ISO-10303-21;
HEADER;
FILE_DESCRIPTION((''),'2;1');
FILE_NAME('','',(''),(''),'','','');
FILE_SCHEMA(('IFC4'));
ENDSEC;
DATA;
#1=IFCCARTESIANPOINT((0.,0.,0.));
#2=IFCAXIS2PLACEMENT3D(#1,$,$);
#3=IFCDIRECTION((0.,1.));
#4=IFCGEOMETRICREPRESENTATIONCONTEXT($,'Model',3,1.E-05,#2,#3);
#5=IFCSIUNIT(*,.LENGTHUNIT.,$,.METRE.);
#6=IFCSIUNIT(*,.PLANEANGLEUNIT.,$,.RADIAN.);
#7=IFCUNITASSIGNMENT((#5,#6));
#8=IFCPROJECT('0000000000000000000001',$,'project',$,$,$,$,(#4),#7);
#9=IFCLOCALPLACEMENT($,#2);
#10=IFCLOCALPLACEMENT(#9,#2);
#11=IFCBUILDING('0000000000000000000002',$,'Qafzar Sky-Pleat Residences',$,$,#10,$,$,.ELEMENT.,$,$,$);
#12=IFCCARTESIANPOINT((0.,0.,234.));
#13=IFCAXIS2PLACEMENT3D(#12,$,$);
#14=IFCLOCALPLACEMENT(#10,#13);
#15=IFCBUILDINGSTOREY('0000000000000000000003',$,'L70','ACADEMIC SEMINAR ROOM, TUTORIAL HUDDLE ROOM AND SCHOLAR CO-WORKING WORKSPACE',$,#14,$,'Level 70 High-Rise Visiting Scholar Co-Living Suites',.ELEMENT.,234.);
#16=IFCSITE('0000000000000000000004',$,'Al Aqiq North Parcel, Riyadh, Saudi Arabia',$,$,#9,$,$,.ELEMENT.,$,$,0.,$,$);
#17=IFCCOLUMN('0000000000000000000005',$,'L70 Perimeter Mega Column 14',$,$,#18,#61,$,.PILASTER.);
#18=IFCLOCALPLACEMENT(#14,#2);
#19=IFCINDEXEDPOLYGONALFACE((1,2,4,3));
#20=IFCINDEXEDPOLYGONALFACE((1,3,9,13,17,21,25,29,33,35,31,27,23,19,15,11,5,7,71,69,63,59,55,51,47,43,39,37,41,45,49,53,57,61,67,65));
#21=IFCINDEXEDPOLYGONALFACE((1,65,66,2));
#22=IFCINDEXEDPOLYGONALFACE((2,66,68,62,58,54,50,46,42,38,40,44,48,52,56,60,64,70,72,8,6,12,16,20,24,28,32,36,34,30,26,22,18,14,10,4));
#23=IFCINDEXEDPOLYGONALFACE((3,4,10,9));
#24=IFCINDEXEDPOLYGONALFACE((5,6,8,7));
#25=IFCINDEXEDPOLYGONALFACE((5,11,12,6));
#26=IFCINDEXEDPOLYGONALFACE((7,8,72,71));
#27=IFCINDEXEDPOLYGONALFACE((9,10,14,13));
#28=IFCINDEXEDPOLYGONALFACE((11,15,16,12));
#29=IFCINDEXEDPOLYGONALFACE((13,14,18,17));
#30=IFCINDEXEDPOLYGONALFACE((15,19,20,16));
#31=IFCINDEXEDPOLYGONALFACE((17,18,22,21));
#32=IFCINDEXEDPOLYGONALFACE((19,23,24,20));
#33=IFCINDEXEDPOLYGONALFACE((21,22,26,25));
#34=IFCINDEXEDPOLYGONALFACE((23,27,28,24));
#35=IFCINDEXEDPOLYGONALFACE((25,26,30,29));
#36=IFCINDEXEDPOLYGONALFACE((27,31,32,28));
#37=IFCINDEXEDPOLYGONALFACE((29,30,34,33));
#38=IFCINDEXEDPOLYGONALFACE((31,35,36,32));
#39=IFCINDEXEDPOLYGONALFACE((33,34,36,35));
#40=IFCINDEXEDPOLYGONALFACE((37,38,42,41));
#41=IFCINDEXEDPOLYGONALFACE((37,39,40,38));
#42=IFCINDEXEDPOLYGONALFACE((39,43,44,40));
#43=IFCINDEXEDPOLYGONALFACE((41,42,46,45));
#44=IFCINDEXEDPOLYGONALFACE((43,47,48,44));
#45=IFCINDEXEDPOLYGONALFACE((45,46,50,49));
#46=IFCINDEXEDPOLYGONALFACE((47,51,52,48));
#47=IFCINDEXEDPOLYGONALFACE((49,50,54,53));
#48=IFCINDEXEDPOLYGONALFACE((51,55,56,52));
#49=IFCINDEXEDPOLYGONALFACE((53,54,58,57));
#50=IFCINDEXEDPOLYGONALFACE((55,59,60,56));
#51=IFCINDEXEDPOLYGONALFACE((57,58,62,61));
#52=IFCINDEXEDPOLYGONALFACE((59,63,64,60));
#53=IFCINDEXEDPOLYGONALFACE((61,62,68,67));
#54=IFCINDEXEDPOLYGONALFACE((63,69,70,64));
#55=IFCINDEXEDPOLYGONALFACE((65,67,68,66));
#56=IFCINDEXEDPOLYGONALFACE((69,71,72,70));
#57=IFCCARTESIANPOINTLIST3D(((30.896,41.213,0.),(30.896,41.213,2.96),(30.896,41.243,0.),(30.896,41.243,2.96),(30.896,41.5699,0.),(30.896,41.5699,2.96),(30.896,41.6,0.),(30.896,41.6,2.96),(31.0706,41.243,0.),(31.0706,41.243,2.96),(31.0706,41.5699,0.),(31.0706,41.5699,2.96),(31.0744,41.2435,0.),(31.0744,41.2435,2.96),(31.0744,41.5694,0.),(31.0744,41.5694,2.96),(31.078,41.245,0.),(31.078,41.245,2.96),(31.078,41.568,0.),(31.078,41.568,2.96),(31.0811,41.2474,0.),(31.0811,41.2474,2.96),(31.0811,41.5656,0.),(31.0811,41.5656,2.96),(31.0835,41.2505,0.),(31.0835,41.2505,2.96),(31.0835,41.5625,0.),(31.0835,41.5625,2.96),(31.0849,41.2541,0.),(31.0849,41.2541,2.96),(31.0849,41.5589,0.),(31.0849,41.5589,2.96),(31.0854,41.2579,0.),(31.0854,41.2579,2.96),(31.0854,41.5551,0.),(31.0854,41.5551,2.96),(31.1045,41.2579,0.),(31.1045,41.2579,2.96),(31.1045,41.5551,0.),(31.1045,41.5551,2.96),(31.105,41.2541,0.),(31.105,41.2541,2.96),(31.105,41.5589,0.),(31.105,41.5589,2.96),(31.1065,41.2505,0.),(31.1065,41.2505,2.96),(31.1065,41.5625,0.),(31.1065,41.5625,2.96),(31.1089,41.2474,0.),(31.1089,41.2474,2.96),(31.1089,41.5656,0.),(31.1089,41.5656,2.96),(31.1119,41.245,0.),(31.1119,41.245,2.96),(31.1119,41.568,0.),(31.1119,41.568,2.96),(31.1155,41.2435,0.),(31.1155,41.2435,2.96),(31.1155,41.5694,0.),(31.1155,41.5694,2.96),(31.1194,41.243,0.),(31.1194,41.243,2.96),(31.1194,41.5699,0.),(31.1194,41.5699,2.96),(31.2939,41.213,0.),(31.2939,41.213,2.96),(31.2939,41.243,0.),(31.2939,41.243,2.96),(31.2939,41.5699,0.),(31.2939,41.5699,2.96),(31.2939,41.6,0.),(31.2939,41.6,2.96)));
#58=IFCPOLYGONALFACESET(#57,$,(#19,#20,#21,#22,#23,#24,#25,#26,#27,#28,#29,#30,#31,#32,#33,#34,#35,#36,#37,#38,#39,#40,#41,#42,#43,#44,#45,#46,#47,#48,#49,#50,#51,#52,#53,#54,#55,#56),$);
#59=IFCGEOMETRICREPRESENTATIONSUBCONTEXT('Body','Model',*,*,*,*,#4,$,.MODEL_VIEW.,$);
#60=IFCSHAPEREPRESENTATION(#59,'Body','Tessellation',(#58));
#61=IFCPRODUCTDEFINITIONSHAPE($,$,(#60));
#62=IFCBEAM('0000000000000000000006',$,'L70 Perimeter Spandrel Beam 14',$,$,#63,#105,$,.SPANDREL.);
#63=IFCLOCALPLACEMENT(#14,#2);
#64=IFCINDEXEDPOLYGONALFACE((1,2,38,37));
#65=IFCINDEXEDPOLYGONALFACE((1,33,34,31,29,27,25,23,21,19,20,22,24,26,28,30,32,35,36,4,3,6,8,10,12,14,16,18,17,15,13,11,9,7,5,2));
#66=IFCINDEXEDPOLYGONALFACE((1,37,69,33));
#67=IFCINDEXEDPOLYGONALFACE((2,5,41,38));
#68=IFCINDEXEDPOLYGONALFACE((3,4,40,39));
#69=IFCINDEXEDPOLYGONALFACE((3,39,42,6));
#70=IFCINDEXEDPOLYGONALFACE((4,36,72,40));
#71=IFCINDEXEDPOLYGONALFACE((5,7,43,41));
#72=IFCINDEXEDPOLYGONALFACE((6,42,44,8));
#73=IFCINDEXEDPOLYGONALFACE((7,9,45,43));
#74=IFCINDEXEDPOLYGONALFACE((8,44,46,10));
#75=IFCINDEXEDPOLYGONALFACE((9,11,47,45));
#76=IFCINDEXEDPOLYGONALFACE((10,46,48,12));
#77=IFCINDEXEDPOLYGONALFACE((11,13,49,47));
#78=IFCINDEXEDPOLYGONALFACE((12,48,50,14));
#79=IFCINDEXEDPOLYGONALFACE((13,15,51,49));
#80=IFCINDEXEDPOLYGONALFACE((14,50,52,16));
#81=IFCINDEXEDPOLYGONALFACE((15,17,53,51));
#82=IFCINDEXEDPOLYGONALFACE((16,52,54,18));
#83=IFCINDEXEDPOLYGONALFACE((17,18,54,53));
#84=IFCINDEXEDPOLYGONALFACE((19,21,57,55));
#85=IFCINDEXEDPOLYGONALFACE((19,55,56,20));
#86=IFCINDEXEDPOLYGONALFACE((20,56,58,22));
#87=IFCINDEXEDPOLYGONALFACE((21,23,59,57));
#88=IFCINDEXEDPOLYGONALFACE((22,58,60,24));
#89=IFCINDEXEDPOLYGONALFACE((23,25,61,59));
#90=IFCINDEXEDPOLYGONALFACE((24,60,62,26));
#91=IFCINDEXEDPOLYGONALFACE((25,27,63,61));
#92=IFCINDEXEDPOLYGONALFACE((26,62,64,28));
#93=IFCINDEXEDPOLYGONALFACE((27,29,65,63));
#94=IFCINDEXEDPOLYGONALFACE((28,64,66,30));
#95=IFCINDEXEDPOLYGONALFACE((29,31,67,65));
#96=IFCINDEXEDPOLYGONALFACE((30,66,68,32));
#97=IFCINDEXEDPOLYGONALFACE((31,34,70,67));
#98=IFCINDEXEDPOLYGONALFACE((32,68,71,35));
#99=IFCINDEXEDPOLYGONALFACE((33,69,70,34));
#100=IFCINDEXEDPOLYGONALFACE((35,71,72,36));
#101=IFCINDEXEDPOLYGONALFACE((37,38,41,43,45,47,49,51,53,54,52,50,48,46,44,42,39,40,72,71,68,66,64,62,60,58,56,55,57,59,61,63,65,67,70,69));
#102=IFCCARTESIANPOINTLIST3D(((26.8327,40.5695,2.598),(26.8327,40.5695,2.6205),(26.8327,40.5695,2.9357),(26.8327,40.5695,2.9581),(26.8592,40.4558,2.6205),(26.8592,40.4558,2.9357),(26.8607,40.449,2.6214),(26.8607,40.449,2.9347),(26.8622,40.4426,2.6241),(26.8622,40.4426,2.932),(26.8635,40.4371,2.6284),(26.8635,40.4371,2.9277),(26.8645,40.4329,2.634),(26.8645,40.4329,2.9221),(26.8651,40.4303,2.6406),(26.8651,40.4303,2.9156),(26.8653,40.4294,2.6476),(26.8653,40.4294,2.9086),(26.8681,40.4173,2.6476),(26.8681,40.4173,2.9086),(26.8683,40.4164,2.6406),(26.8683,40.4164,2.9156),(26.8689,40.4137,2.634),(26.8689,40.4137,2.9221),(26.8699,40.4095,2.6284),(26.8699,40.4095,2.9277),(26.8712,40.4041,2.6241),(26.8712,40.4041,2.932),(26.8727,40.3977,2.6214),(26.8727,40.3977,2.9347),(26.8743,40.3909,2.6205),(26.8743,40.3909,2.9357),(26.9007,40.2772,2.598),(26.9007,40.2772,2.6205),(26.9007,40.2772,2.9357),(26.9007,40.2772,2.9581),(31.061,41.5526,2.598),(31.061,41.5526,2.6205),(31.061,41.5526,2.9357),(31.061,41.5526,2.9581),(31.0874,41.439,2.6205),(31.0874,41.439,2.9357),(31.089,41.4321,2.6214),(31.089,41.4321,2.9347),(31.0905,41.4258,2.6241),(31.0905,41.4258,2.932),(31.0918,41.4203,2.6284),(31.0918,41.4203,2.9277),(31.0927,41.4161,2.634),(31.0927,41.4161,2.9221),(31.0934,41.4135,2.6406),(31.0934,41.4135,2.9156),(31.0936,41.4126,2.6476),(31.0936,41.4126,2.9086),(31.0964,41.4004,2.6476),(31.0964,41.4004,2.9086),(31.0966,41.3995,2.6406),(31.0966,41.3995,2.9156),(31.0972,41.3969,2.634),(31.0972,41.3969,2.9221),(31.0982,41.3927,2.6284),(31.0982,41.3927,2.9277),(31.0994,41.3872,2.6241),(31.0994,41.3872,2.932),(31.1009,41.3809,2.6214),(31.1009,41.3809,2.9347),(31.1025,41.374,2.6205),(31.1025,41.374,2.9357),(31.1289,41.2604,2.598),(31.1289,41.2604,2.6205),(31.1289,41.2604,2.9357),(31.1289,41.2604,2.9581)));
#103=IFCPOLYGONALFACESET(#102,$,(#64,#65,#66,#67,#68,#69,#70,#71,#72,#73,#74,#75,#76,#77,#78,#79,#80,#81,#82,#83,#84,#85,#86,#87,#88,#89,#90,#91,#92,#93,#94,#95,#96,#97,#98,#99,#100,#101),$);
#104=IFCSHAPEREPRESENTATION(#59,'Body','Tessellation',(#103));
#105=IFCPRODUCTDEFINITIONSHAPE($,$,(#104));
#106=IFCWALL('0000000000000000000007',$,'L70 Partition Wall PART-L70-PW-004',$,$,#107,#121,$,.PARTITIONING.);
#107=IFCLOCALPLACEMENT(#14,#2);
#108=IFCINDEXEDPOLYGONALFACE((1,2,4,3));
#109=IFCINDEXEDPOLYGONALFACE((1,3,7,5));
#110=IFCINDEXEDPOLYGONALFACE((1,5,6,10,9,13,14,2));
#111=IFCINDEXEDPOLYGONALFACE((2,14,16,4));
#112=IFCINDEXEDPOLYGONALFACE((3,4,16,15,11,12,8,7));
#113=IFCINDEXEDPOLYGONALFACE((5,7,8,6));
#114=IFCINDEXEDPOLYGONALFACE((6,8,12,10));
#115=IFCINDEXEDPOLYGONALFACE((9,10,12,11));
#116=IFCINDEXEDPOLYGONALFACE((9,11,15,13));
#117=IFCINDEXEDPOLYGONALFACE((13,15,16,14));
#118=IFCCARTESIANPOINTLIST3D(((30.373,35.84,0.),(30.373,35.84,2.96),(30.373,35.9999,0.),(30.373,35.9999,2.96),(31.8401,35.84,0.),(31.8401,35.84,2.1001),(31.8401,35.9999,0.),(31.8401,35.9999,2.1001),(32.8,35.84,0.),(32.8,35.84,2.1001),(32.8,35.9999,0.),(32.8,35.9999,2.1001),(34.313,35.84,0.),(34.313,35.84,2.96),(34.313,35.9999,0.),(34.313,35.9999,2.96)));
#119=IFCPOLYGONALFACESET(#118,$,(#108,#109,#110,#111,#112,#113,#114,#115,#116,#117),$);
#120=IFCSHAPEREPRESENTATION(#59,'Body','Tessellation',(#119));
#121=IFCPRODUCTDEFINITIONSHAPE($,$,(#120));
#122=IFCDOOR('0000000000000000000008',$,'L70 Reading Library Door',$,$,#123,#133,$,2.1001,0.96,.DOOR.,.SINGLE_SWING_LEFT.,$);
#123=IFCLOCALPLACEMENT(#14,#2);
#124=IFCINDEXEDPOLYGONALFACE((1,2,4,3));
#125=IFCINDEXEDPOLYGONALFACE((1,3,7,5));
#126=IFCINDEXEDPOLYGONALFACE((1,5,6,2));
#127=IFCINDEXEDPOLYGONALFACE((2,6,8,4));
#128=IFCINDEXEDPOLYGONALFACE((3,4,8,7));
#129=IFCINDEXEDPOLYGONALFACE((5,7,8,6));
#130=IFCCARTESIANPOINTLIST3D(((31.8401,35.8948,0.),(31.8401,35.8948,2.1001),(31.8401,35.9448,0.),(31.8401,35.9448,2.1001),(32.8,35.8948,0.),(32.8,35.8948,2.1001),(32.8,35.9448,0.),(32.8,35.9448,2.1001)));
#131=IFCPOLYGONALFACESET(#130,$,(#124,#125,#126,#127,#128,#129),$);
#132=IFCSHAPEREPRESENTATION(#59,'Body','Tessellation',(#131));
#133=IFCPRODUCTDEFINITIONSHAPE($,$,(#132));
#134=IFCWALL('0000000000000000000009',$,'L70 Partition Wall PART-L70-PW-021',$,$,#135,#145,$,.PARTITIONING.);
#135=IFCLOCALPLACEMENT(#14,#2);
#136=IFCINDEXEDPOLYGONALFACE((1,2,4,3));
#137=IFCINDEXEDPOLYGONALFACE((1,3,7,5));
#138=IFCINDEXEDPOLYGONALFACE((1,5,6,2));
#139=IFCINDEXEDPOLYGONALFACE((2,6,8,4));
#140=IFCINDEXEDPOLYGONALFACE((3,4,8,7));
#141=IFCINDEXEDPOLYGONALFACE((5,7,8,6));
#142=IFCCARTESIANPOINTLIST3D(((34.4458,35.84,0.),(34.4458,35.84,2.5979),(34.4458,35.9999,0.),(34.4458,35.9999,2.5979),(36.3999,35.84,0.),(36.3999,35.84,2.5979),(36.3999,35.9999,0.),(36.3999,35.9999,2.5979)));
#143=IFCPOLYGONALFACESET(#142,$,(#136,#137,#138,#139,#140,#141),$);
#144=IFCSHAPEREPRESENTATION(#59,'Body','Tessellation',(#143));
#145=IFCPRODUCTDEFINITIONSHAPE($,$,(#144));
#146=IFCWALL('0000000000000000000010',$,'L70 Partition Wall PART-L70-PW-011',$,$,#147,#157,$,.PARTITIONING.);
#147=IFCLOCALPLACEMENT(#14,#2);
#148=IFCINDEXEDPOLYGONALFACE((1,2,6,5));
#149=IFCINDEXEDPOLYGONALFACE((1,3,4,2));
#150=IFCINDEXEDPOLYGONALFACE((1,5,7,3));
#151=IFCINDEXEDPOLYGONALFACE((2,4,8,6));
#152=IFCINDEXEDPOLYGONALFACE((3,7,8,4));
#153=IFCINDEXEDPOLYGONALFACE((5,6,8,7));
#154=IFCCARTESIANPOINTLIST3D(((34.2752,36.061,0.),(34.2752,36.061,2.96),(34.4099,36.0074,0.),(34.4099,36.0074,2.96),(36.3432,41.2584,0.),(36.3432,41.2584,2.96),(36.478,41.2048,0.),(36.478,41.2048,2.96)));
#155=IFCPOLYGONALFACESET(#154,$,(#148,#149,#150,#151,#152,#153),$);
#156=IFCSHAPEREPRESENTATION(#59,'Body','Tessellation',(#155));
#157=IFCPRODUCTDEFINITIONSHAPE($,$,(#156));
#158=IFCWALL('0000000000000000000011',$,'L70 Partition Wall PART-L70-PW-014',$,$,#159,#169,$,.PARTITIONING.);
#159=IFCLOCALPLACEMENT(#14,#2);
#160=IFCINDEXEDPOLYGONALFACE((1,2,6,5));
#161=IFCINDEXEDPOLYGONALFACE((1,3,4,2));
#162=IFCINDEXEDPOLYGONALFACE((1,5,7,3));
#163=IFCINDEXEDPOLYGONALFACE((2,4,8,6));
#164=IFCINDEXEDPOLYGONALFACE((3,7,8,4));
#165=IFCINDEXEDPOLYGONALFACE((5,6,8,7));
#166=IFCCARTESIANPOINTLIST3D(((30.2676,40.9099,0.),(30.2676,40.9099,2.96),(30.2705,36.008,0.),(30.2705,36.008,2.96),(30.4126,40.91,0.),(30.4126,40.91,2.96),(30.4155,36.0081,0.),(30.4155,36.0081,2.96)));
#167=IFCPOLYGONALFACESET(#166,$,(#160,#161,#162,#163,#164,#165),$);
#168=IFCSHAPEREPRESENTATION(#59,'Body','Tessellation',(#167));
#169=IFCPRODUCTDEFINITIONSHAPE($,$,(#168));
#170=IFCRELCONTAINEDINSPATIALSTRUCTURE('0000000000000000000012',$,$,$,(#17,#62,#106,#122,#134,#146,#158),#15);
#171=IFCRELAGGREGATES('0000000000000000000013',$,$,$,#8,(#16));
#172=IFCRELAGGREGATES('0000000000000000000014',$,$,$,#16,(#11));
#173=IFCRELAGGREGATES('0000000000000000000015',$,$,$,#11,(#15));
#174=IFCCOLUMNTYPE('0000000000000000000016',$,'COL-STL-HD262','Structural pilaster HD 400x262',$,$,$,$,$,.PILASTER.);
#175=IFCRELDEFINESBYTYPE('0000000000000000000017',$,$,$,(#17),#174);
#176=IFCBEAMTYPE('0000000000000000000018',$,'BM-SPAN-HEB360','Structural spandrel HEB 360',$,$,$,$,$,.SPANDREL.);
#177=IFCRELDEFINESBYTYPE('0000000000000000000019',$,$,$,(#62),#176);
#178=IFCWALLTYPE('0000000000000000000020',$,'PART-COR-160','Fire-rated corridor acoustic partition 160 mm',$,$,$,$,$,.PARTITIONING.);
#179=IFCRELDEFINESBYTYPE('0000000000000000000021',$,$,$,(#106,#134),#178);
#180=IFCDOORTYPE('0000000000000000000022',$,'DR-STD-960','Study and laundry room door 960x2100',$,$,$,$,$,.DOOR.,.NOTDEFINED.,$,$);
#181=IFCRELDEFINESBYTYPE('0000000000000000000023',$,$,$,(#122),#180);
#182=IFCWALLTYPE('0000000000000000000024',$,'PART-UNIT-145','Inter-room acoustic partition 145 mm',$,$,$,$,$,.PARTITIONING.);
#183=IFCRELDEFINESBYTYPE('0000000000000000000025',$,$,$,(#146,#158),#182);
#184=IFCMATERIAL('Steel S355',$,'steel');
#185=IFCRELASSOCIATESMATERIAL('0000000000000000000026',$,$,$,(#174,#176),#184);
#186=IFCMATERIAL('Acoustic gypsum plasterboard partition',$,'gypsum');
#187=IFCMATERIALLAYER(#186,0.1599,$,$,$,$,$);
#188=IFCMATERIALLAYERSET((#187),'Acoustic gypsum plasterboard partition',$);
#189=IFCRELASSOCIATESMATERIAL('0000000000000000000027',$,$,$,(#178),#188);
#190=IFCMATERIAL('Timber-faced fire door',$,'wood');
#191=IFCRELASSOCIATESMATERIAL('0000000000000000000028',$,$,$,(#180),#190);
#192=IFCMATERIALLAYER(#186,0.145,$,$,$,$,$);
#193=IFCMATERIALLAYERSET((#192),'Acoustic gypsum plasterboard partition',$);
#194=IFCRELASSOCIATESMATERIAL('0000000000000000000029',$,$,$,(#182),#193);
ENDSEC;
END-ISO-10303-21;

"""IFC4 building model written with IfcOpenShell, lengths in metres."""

from ifc_helpers import new_model, si_unit, direction, frame, frame_2d, origin, origin_2d, place, context, subcontext, project, spatial, rectangle, i_section, extrude, source, transform, mapped, material, layer, layer_set, material_profile, profile_set, type_object, element, fill, save


model = new_model("IFC4")

# Units and contexts
model_context = context("Model", 3, precision=1e-05, world=origin(), true_north=direction((0.0, 1.0)))
body_context = subcontext(model_context, "Body", "Model", "MODEL_VIEW")
ifc_project = project(units=[si_unit("LENGTHUNIT", "METRE"), si_unit("PLANEANGLEUNIT", "RADIAN")], contexts=[model_context])

# Site, building, storey
site_placement = place(None, origin())
site = spatial("IfcSite", under=ifc_project, at=site_placement, Name="Al Aqiq North Parcel, Riyadh, Saudi Arabia", CompositionType="ELEMENT", RefElevation=0.0)
building_placement = place(site_placement, origin())
building = spatial("IfcBuilding", under=site, at=building_placement, Name="Qafzar Sky-Pleat Residences", CompositionType="ELEMENT")
storey_placement = place(building_placement, frame((0.0, 0.0, 234.0)))
storey = spatial("IfcBuildingStorey", under=building, at=storey_placement, Name="L70", Description="ACADEMIC SEMINAR ROOM, TUTORIAL HUDDLE ROOM AND SCHOLAR CO-WORKING WORKSPACE", LongName="Level 70 High-Rise Visiting Scholar Co-Living Suites", CompositionType="ELEMENT", Elevation=234.0)

# Column
ifc_material_1 = material(Name="Steel S355", Category="steel")
ifc_material_profile_1 = material_profile(ifc_material_1, i_section(OverallWidth=0.3979, OverallDepth=0.387, WebThickness=0.019, FlangeThickness=0.03, FilletRadius=0.0149, at=origin_2d()), Name="HD 400x262")
ifc_profile_set_1 = profile_set([ifc_material_profile_1], Name="Steel S355")
column_type = type_object("IfcColumnType", Name="COL-STL-HD262", Description="Structural pilaster HD 400x262", PredefinedType="PILASTER", material=ifc_profile_set_1)
shared_shape_1 = source(origin(), body_context, "Body", "SweptSolid", [
    extrude(i_section(OverallWidth=0.3979, OverallDepth=0.387, WebThickness=0.019, FlangeThickness=0.03, FilletRadius=0.0149, at=origin_2d()), origin(), (0.0, 0.0, 1.0), 2.96),
])
column_placement = place(storey_placement, frame((31.095, 41.4065, 0.0), z_axis=(0.0, 0.0, 1.0), x_axis=(1.0, 0.0, 0.0)))
element("IfcColumn", 1, at=column_placement, inside=storey, type_object=column_type, Name="L70 Perimeter Mega Column 14", PredefinedType="PILASTER", context=body_context, shape_type="MappedRepresentation", body=[
    mapped(shared_shape_1, transform((0.0, 0.0, 0.0), x_axis=(1.0, 0.0, 0.0), y_axis=(0.0, 1.0, 0.0), z_axis=(0.0, 0.0, 1.0), scale=1.0)),
])

# Beam
ifc_material_profile_2 = material_profile(ifc_material_1, i_section(OverallWidth=0.3, OverallDepth=0.3601, WebThickness=0.0125, FlangeThickness=0.0225, FilletRadius=0.0271, at=origin_2d()), Name="HEB 360")
ifc_profile_set_2 = profile_set([ifc_material_profile_2], Name="Steel S355")
beam_type = type_object("IfcBeamType", Name="BM-SPAN-HEB360", Description="Structural spandrel HEB 360", PredefinedType="SPANDREL", material=ifc_profile_set_2)
shared_shape_2 = source(origin(), body_context, "Body", "SweptSolid", [
    extrude(i_section(OverallWidth=0.3, OverallDepth=0.3601, WebThickness=0.0125, FlangeThickness=0.0225, FilletRadius=0.0271, at=origin_2d()), origin(), (0.0, 0.0, 1.0), 4.3411),
])
beam_placement = place(storey_placement, frame((31.095, 41.4065, 2.7781), z_axis=(-0.974016, -0.226478, 0.0), x_axis=(0.226478, -0.974016, 0.0)))
element("IfcBeam", 2, at=beam_placement, inside=storey, type_object=beam_type, Name="L70 Perimeter Spandrel Beam 14", PredefinedType="SPANDREL", context=body_context, shape_type="MappedRepresentation", body=[
    mapped(shared_shape_2, transform((0.0, 0.0, 0.0), x_axis=(1.0, 0.0, 0.0), y_axis=(0.0, 1.0, 0.0), z_axis=(0.0, 0.0, 1.0), scale=1.0)),
])

# Wall, opening, door
ifc_material_2 = material(Name="Acoustic gypsum plasterboard partition", Category="gypsum")
ifc_layer_1 = layer(ifc_material_2, 0.1599)
ifc_layer_set_1 = layer_set([ifc_layer_1], Name="Acoustic gypsum plasterboard partition")
wall_type_1 = type_object("IfcWallType", Name="PART-COR-160", Description="Fire-rated corridor acoustic partition 160 mm", PredefinedType="PARTITIONING", material=ifc_layer_set_1)
wall_1_placement = place(storey_placement, frame((30.373, 35.9199, 0.0), z_axis=(0.0, 0.0, 1.0), x_axis=(1.0, 0.0, 0.0)))
wall_1 = element("IfcWall", 3, at=wall_1_placement, inside=storey, type_object=wall_type_1, Name="L70 Partition Wall PART-L70-PW-004", PredefinedType="PARTITIONING", context=body_context, shape_type="SweptSolid", body=[
    extrude(rectangle(XDim=3.9399, YDim=0.1599, at=frame_2d((1.97, 0.0))), origin(), (0.0, 0.0, 1.0), 2.96),
])
opening_1_placement = place(wall_1_placement, frame((1.467, 0.0, 0.0)))
opening_1 = element("IfcOpeningElement", 4, at=opening_1_placement, cuts=wall_1, PredefinedType="OPENING", context=body_context, shape_type="SweptSolid", body=[
    extrude(rectangle(XDim=0.96, YDim=2.1001, at=frame_2d((0.48, 1.05))), frame((0.0, 0.0898, 0.0), z_axis=(0.0, -1.0, 0.0), x_axis=(1.0, 0.0, 0.0)), (0.0, 0.0, 1.0), 0.1799),
])
ifc_material_3 = material(Name="Timber-faced fire door", Category="wood")
door_type_1 = type_object("IfcDoorType", Name="DR-STD-960", Description="Study and laundry room door 960x2100", OperationType="NOTDEFINED", PredefinedType="DOOR", material=ifc_material_3)
shared_shape_3 = source(origin(), body_context, "Body", "SweptSolid", [
    extrude(rectangle(XDim=0.96, YDim=2.1001, at=frame_2d((0.48, 1.05))), frame((0.0, 0.0249, 0.0), z_axis=(0.0, -1.0, 0.0), x_axis=(1.0, 0.0, 0.0)), (0.0, 0.0, 1.0), 0.05),
])
door_1_placement = place(opening_1_placement, origin())
door_1 = element("IfcDoor", 5, at=door_1_placement, inside=storey, type_object=door_type_1, Name="L70 Reading Library Door", OperationType="SINGLE_SWING_LEFT", OverallHeight=2.1001, OverallWidth=0.96, PredefinedType="DOOR", context=body_context, shape_type="MappedRepresentation", body=[
    mapped(shared_shape_3, transform((0.0, 0.0, 0.0), x_axis=(1.0, 0.0, 0.0), y_axis=(0.0, 1.0, 0.0), z_axis=(0.0, 0.0, 1.0), scale=1.0)),
])
fill(opening_1, door_1)

# Walls
wall_2_placement = place(storey_placement, frame((34.4458, 35.9199, 0.0), z_axis=(0.0, 0.0, 1.0), x_axis=(1.0, 0.0, 0.0)))
element("IfcWall", 6, at=wall_2_placement, inside=storey, type_object=wall_type_1, Name="L70 Partition Wall PART-L70-PW-021", PredefinedType="PARTITIONING", context=body_context, shape_type="SweptSolid", body=[
    extrude(rectangle(XDim=1.9541, YDim=0.1599, at=frame_2d((0.9771, 0.0))), origin(), (0.0, 0.0, 1.0), 2.5979),
])
ifc_layer_2 = layer(ifc_material_2, 0.145)
ifc_layer_set_2 = layer_set([ifc_layer_2], Name="Acoustic gypsum plasterboard partition")
wall_type_2 = type_object("IfcWallType", Name="PART-UNIT-145", Description="Inter-room acoustic partition 145 mm", PredefinedType="PARTITIONING", material=ifc_layer_set_2)
wall_3_placement = place(storey_placement, frame((34.3425, 36.0342, 0.0), z_axis=(0.0, 0.0, 1.0), x_axis=(0.369712, 0.929146, 0.0)))
element("IfcWall", 7, at=wall_3_placement, inside=storey, type_object=wall_type_2, Name="L70 Partition Wall PART-L70-PW-011", PredefinedType="PARTITIONING", context=body_context, shape_type="SweptSolid", body=[
    extrude(rectangle(XDim=5.5938, YDim=0.145, at=frame_2d((2.7969, 0.0))), origin(), (0.0, 0.0, 1.0), 2.96),
])
wall_4_placement = place(storey_placement, frame((30.3401, 40.9099, 0.0), z_axis=(0.0, 0.0, 1.0), x_axis=(0.000598, -1.0, 0.0)))
element("IfcWall", 8, at=wall_4_placement, inside=storey, type_object=wall_type_2, Name="L70 Partition Wall PART-L70-PW-014", PredefinedType="PARTITIONING", context=body_context, shape_type="SweptSolid", body=[
    extrude(rectangle(XDim=4.9019, YDim=0.145, at=frame_2d((2.4509, 0.0))), origin(), (0.0, 0.0, 1.0), 2.96),
])

save(model, "model.ifc")
